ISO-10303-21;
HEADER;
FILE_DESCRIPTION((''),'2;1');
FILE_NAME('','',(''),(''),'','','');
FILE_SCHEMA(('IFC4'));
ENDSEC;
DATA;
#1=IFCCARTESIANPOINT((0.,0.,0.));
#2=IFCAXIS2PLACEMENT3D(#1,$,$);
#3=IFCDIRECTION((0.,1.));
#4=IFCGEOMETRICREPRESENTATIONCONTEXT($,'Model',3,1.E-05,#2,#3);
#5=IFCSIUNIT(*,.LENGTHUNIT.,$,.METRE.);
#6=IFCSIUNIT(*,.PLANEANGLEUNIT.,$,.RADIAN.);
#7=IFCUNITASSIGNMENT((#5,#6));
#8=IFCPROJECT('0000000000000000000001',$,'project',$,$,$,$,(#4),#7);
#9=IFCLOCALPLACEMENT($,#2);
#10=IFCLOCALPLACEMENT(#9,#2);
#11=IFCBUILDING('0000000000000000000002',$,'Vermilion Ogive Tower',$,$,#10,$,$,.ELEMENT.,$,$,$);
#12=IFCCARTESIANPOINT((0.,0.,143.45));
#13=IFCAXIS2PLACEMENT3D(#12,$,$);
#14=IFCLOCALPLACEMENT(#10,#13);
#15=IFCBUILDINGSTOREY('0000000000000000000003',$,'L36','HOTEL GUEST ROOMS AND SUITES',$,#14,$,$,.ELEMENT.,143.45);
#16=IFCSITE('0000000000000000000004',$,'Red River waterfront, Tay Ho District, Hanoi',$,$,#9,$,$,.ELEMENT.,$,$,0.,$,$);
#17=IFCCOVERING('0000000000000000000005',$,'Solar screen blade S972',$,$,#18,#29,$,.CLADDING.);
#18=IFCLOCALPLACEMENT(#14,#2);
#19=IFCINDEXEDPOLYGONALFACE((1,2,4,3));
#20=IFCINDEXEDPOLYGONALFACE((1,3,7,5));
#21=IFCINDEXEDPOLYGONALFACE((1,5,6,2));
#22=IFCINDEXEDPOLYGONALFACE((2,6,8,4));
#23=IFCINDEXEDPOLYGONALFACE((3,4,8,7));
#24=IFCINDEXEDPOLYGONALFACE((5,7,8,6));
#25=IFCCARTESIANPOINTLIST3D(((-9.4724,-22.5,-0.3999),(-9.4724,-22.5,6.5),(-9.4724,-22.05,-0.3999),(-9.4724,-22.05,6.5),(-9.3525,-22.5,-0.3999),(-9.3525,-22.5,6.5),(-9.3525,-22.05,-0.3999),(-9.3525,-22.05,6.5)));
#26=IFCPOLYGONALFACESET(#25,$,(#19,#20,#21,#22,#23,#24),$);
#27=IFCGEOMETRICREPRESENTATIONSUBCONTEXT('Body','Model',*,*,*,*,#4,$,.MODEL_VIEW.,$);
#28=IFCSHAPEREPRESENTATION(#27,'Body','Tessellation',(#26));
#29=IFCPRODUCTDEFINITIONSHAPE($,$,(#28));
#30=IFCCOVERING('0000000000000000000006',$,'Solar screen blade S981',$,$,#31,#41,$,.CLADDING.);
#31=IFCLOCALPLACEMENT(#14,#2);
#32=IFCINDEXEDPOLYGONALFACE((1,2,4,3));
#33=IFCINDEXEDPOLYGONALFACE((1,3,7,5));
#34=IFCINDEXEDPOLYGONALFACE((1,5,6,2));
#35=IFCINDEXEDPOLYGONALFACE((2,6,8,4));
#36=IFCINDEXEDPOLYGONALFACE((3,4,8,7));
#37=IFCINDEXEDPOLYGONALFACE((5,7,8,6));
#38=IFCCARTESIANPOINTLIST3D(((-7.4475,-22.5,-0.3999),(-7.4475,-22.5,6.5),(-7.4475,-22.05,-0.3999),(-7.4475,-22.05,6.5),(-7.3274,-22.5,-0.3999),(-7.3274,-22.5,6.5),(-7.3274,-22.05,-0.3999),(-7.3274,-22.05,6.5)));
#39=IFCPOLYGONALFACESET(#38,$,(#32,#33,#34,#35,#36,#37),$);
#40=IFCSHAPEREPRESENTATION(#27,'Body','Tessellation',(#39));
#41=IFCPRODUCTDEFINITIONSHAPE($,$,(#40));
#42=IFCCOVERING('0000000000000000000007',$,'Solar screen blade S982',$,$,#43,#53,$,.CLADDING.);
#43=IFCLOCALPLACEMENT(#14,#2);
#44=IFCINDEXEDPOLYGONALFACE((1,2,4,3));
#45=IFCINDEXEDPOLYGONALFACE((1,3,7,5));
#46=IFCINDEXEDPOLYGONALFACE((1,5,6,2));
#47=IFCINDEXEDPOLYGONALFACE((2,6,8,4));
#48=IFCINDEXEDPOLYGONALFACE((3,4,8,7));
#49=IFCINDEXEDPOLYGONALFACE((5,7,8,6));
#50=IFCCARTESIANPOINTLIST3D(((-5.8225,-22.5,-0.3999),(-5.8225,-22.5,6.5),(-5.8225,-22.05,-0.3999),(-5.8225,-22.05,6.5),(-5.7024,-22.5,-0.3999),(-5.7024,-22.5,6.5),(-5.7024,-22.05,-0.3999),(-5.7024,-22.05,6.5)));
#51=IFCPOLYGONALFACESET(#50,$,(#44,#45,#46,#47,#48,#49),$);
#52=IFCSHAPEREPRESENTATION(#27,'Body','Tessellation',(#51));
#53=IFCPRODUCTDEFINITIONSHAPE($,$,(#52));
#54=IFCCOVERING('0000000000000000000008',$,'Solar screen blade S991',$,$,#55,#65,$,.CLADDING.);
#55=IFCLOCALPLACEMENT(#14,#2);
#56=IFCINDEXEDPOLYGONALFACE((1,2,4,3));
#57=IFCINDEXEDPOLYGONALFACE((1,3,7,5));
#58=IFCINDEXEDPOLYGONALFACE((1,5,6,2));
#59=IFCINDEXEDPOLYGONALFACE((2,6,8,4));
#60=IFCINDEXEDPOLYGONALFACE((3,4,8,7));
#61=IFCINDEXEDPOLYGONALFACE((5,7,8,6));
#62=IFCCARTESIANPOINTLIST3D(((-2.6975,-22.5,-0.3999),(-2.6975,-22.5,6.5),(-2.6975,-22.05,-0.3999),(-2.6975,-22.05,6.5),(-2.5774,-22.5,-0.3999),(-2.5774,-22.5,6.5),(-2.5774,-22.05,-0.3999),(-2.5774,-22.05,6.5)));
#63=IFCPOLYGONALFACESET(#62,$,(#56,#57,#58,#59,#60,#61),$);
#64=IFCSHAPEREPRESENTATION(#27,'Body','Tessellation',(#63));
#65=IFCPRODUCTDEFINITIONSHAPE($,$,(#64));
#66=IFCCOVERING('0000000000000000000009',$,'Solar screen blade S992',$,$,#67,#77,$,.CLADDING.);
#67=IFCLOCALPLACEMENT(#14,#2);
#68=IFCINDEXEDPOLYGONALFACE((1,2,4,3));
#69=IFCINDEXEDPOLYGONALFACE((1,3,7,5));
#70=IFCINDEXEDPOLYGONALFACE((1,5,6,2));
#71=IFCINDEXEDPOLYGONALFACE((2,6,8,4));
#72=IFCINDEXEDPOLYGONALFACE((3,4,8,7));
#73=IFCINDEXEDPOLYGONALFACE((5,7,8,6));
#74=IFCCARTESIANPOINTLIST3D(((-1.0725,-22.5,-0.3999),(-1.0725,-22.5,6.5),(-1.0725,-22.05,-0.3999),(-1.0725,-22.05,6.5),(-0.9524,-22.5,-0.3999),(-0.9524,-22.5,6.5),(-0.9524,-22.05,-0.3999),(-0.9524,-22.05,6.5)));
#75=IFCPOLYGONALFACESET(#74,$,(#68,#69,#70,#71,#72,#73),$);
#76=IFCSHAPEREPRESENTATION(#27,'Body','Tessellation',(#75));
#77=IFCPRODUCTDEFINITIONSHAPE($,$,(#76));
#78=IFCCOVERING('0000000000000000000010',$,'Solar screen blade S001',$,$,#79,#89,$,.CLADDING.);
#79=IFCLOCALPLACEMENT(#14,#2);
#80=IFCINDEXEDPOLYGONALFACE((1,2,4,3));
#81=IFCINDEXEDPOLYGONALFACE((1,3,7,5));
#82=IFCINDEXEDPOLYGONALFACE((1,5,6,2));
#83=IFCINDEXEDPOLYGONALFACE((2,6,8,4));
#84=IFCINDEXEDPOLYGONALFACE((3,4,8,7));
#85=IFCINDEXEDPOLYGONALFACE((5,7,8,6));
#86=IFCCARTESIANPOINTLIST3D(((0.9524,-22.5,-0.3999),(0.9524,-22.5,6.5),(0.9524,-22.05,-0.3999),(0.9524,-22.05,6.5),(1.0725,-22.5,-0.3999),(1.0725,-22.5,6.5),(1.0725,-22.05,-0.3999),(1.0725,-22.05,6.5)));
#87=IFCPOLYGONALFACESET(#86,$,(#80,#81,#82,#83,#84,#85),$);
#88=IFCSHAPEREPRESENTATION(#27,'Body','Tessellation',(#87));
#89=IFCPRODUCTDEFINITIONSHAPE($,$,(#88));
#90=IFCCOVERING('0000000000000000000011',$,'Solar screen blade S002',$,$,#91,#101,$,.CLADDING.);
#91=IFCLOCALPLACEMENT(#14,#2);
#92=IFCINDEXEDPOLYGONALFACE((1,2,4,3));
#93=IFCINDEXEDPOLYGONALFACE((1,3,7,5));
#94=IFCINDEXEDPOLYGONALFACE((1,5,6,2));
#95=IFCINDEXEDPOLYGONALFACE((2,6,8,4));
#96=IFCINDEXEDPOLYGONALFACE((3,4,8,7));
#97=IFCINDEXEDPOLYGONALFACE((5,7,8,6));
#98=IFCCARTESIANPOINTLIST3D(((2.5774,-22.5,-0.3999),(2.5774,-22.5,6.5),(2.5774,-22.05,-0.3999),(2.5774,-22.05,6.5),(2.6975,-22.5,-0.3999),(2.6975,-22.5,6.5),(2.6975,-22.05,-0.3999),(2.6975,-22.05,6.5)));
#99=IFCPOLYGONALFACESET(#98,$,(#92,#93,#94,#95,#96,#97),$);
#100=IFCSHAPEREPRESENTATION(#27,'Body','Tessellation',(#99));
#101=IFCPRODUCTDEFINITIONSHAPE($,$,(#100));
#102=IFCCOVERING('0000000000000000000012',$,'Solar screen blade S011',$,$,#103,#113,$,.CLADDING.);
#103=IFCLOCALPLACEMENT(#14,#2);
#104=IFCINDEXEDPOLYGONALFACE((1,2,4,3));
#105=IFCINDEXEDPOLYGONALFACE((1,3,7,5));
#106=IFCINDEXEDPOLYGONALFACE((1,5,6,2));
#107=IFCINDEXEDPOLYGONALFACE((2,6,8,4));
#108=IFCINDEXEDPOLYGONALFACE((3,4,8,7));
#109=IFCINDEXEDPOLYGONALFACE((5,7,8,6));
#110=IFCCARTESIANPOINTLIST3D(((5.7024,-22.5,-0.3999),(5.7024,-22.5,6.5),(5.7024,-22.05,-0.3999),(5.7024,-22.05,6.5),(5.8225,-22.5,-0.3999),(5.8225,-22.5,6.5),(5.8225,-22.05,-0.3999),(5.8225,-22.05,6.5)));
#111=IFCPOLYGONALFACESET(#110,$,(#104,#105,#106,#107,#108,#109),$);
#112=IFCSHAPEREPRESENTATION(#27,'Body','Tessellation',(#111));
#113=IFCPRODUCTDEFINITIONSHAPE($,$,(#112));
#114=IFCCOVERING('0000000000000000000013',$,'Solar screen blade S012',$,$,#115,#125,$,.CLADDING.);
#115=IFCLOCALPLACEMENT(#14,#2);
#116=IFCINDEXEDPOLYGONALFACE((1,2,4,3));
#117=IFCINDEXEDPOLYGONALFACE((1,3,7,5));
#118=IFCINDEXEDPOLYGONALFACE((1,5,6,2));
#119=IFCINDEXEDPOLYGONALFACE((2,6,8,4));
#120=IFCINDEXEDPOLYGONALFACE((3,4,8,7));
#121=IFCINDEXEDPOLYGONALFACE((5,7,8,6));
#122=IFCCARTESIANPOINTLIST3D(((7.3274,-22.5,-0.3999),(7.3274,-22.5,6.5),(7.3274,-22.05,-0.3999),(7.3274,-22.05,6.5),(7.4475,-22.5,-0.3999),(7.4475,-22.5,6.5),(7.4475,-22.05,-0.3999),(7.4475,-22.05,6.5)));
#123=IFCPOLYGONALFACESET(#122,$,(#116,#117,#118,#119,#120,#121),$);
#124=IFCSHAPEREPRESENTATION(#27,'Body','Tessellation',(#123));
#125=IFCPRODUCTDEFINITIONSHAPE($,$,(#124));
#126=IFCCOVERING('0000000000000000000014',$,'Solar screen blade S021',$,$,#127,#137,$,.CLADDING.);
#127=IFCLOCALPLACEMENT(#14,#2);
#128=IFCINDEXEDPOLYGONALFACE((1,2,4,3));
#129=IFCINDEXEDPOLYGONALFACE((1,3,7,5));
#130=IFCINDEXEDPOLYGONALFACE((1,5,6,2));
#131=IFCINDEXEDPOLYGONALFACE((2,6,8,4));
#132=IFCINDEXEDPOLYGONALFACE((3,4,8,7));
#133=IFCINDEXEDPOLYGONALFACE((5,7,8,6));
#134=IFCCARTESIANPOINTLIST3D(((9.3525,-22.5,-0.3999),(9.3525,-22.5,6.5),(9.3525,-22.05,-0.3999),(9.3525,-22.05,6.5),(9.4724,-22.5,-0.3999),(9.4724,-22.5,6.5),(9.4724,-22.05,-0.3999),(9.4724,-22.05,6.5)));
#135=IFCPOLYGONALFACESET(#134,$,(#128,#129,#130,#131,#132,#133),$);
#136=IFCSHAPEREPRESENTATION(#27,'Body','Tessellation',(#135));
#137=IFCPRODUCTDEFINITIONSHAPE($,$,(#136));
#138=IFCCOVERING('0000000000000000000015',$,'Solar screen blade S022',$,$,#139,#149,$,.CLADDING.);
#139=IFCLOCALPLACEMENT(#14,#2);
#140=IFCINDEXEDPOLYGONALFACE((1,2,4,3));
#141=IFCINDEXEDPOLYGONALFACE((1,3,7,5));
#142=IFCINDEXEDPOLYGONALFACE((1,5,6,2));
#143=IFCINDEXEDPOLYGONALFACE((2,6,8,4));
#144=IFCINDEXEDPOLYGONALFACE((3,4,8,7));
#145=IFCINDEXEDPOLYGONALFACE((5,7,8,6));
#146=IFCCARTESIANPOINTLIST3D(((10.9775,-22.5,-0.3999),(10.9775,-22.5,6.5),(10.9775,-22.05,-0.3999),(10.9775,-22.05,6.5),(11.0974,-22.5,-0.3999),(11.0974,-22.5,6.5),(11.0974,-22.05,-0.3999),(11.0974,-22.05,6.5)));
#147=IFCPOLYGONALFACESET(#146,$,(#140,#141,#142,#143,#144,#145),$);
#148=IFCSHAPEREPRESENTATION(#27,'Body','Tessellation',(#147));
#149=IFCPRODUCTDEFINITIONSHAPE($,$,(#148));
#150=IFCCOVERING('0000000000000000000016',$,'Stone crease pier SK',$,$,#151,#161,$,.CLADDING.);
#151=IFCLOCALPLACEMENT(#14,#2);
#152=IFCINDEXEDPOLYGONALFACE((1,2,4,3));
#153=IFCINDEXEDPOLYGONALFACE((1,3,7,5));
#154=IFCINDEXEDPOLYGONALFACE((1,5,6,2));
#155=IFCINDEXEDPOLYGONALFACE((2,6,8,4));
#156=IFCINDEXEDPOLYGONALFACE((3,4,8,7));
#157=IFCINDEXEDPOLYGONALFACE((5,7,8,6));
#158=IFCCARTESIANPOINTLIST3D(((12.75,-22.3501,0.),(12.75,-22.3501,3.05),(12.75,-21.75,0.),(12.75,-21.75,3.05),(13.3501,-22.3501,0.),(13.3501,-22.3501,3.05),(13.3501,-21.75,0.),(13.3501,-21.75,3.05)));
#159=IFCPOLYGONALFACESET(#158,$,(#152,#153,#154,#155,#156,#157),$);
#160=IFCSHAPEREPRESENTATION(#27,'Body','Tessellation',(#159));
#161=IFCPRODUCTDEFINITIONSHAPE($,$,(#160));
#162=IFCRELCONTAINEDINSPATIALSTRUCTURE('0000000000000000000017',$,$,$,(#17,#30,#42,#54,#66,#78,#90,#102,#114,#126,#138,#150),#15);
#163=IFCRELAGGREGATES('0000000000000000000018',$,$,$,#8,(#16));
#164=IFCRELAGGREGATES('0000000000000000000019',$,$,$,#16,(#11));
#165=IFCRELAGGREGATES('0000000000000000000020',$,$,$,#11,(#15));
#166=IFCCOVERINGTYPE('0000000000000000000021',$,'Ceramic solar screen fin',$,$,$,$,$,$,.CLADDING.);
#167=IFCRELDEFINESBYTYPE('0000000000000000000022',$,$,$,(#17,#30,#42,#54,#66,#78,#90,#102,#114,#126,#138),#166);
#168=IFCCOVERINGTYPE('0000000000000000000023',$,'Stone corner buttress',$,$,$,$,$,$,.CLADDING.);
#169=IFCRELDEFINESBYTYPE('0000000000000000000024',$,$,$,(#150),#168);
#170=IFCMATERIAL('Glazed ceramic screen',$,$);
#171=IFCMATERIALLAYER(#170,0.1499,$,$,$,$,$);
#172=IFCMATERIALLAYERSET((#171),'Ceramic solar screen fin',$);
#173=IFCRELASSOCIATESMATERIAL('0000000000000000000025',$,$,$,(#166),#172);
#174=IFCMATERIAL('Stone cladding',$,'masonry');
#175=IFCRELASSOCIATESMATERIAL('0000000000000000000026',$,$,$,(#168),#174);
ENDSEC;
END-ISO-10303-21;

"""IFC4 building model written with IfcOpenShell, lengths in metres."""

from ifc_helpers import new_model, si_unit, direction, frame, origin, place, context, subcontext, project, spatial, polyline, outline, extrude, material, layer, layer_set, type_object, element, save


model = new_model("IFC4")

# Units and contexts
model_context = context("Model", 3, precision=1e-05, world=origin(), true_north=direction((0.0, 1.0)))
body_context = subcontext(model_context, "Body", "Model", "MODEL_VIEW")
ifc_project = project(units=[si_unit("LENGTHUNIT", "METRE"), si_unit("PLANEANGLEUNIT", "RADIAN")], contexts=[model_context])

# Site, building, storey
site_placement = place(None, origin())
site = spatial("IfcSite", under=ifc_project, at=site_placement, Name="Red River waterfront, Tay Ho District, Hanoi", CompositionType="ELEMENT", RefElevation=0.0)
building_placement = place(site_placement, origin())
building = spatial("IfcBuilding", under=site, at=building_placement, Name="Vermilion Ogive Tower", CompositionType="ELEMENT")
storey_placement = place(building_placement, frame((0.0, 0.0, 143.45)))
storey = spatial("IfcBuildingStorey", under=building, at=storey_placement, Name="L36", Description="HOTEL GUEST ROOMS AND SUITES", CompositionType="ELEMENT", Elevation=143.45)

# Coverings
ifc_material_1 = material(Name="Glazed ceramic screen")
ifc_layer = layer(ifc_material_1, 0.1499)
ifc_layer_set = layer_set([ifc_layer], Name="Ceramic solar screen fin")
covering_type_1 = type_object("IfcCoveringType", Name="Ceramic solar screen fin", PredefinedType="CLADDING", material=ifc_layer_set)
covering_1_placement = place(storey_placement, frame((0.0, 0.0, -0.3999)))
element("IfcCovering", 1, at=covering_1_placement, inside=storey, type_object=covering_type_1, Name="Solar screen blade S972", PredefinedType="CLADDING", context=body_context, shape_type="SweptSolid", body=[
    extrude(outline(polyline([(-9.4724, -22.5), (-9.3525, -22.5), (-9.3525, -22.05), (-9.4724, -22.05), (-9.4724, -22.5)])), origin(), (0.0, 0.0, 1.0), 6.8999),
])
covering_2_placement = place(storey_placement, frame((0.0, 0.0, -0.3999)))
element("IfcCovering", 2, at=covering_2_placement, inside=storey, type_object=covering_type_1, Name="Solar screen blade S981", PredefinedType="CLADDING", context=body_context, shape_type="SweptSolid", body=[
    extrude(outline(polyline([(-7.4475, -22.5), (-7.3274, -22.5), (-7.3274, -22.05), (-7.4475, -22.05), (-7.4475, -22.5)])), origin(), (0.0, 0.0, 1.0), 6.8999),
])
covering_3_placement = place(storey_placement, frame((0.0, 0.0, -0.3999)))
element("IfcCovering", 3, at=covering_3_placement, inside=storey, type_object=covering_type_1, Name="Solar screen blade S982", PredefinedType="CLADDING", context=body_context, shape_type="SweptSolid", body=[
    extrude(outline(polyline([(-5.8225, -22.5), (-5.7024, -22.5), (-5.7024, -22.05), (-5.8225, -22.05), (-5.8225, -22.5)])), origin(), (0.0, 0.0, 1.0), 6.8999),
])
covering_4_placement = place(storey_placement, frame((0.0, 0.0, -0.3999)))
element("IfcCovering", 4, at=covering_4_placement, inside=storey, type_object=covering_type_1, Name="Solar screen blade S991", PredefinedType="CLADDING", context=body_context, shape_type="SweptSolid", body=[
    extrude(outline(polyline([(-2.6975, -22.5), (-2.5774, -22.5), (-2.5774, -22.05), (-2.6975, -22.05), (-2.6975, -22.5)])), origin(), (0.0, 0.0, 1.0), 6.8999),
])
covering_5_placement = place(storey_placement, frame((0.0, 0.0, -0.3999)))
element("IfcCovering", 5, at=covering_5_placement, inside=storey, type_object=covering_type_1, Name="Solar screen blade S992", PredefinedType="CLADDING", context=body_context, shape_type="SweptSolid", body=[
    extrude(outline(polyline([(-1.0725, -22.5), (-0.9524, -22.5), (-0.9524, -22.05), (-1.0725, -22.05), (-1.0725, -22.5)])), origin(), (0.0, 0.0, 1.0), 6.8999),
])
covering_6_placement = place(storey_placement, frame((0.0, 0.0, -0.3999)))
element("IfcCovering", 6, at=covering_6_placement, inside=storey, type_object=covering_type_1, Name="Solar screen blade S001", PredefinedType="CLADDING", context=body_context, shape_type="SweptSolid", body=[
    extrude(outline(polyline([(0.9524, -22.5), (1.0725, -22.5), (1.0725, -22.05), (0.9524, -22.05), (0.9524, -22.5)])), origin(), (0.0, 0.0, 1.0), 6.8999),
])
covering_7_placement = place(storey_placement, frame((0.0, 0.0, -0.3999)))
element("IfcCovering", 7, at=covering_7_placement, inside=storey, type_object=covering_type_1, Name="Solar screen blade S002", PredefinedType="CLADDING", context=body_context, shape_type="SweptSolid", body=[
    extrude(outline(polyline([(2.5774, -22.5), (2.6975, -22.5), (2.6975, -22.05), (2.5774, -22.05), (2.5774, -22.5)])), origin(), (0.0, 0.0, 1.0), 6.8999),
])
covering_8_placement = place(storey_placement, frame((0.0, 0.0, -0.3999)))
element("IfcCovering", 8, at=covering_8_placement, inside=storey, type_object=covering_type_1, Name="Solar screen blade S011", PredefinedType="CLADDING", context=body_context, shape_type="SweptSolid", body=[
    extrude(outline(polyline([(5.7024, -22.5), (5.8225, -22.5), (5.8225, -22.05), (5.7024, -22.05), (5.7024, -22.5)])), origin(), (0.0, 0.0, 1.0), 6.8999),
])
covering_9_placement = place(storey_placement, frame((0.0, 0.0, -0.3999)))
element("IfcCovering", 9, at=covering_9_placement, inside=storey, type_object=covering_type_1, Name="Solar screen blade S012", PredefinedType="CLADDING", context=body_context, shape_type="SweptSolid", body=[
    extrude(outline(polyline([(7.3274, -22.5), (7.4475, -22.5), (7.4475, -22.05), (7.3274, -22.05), (7.3274, -22.5)])), origin(), (0.0, 0.0, 1.0), 6.8999),
])
covering_10_placement = place(storey_placement, frame((0.0, 0.0, -0.3999)))
element("IfcCovering", 10, at=covering_10_placement, inside=storey, type_object=covering_type_1, Name="Solar screen blade S021", PredefinedType="CLADDING", context=body_context, shape_type="SweptSolid", body=[
    extrude(outline(polyline([(9.3525, -22.5), (9.4724, -22.5), (9.4724, -22.05), (9.3525, -22.05), (9.3525, -22.5)])), origin(), (0.0, 0.0, 1.0), 6.8999),
])
covering_11_placement = place(storey_placement, frame((0.0, 0.0, -0.3999)))
element("IfcCovering", 11, at=covering_11_placement, inside=storey, type_object=covering_type_1, Name="Solar screen blade S022", PredefinedType="CLADDING", context=body_context, shape_type="SweptSolid", body=[
    extrude(outline(polyline([(10.9775, -22.5), (11.0974, -22.5), (11.0974, -22.05), (10.9775, -22.05), (10.9775, -22.5)])), origin(), (0.0, 0.0, 1.0), 6.8999),
])
ifc_material_2 = material(Name="Stone cladding", Category="masonry")
covering_type_2 = type_object("IfcCoveringType", Name="Stone corner buttress", PredefinedType="CLADDING", material=ifc_material_2)
covering_12_placement = place(storey_placement, origin())
element("IfcCovering", 12, at=covering_12_placement, inside=storey, type_object=covering_type_2, Name="Stone crease pier SK", PredefinedType="CLADDING", context=body_context, shape_type="SweptSolid", body=[
    extrude(outline(polyline([(12.75, -22.3501), (13.3501, -22.3501), (13.3501, -21.75), (12.75, -21.75), (12.75, -22.3501)])), origin(), (0.0, 0.0, 1.0), 3.05),
])

save(model, "model.ifc")
